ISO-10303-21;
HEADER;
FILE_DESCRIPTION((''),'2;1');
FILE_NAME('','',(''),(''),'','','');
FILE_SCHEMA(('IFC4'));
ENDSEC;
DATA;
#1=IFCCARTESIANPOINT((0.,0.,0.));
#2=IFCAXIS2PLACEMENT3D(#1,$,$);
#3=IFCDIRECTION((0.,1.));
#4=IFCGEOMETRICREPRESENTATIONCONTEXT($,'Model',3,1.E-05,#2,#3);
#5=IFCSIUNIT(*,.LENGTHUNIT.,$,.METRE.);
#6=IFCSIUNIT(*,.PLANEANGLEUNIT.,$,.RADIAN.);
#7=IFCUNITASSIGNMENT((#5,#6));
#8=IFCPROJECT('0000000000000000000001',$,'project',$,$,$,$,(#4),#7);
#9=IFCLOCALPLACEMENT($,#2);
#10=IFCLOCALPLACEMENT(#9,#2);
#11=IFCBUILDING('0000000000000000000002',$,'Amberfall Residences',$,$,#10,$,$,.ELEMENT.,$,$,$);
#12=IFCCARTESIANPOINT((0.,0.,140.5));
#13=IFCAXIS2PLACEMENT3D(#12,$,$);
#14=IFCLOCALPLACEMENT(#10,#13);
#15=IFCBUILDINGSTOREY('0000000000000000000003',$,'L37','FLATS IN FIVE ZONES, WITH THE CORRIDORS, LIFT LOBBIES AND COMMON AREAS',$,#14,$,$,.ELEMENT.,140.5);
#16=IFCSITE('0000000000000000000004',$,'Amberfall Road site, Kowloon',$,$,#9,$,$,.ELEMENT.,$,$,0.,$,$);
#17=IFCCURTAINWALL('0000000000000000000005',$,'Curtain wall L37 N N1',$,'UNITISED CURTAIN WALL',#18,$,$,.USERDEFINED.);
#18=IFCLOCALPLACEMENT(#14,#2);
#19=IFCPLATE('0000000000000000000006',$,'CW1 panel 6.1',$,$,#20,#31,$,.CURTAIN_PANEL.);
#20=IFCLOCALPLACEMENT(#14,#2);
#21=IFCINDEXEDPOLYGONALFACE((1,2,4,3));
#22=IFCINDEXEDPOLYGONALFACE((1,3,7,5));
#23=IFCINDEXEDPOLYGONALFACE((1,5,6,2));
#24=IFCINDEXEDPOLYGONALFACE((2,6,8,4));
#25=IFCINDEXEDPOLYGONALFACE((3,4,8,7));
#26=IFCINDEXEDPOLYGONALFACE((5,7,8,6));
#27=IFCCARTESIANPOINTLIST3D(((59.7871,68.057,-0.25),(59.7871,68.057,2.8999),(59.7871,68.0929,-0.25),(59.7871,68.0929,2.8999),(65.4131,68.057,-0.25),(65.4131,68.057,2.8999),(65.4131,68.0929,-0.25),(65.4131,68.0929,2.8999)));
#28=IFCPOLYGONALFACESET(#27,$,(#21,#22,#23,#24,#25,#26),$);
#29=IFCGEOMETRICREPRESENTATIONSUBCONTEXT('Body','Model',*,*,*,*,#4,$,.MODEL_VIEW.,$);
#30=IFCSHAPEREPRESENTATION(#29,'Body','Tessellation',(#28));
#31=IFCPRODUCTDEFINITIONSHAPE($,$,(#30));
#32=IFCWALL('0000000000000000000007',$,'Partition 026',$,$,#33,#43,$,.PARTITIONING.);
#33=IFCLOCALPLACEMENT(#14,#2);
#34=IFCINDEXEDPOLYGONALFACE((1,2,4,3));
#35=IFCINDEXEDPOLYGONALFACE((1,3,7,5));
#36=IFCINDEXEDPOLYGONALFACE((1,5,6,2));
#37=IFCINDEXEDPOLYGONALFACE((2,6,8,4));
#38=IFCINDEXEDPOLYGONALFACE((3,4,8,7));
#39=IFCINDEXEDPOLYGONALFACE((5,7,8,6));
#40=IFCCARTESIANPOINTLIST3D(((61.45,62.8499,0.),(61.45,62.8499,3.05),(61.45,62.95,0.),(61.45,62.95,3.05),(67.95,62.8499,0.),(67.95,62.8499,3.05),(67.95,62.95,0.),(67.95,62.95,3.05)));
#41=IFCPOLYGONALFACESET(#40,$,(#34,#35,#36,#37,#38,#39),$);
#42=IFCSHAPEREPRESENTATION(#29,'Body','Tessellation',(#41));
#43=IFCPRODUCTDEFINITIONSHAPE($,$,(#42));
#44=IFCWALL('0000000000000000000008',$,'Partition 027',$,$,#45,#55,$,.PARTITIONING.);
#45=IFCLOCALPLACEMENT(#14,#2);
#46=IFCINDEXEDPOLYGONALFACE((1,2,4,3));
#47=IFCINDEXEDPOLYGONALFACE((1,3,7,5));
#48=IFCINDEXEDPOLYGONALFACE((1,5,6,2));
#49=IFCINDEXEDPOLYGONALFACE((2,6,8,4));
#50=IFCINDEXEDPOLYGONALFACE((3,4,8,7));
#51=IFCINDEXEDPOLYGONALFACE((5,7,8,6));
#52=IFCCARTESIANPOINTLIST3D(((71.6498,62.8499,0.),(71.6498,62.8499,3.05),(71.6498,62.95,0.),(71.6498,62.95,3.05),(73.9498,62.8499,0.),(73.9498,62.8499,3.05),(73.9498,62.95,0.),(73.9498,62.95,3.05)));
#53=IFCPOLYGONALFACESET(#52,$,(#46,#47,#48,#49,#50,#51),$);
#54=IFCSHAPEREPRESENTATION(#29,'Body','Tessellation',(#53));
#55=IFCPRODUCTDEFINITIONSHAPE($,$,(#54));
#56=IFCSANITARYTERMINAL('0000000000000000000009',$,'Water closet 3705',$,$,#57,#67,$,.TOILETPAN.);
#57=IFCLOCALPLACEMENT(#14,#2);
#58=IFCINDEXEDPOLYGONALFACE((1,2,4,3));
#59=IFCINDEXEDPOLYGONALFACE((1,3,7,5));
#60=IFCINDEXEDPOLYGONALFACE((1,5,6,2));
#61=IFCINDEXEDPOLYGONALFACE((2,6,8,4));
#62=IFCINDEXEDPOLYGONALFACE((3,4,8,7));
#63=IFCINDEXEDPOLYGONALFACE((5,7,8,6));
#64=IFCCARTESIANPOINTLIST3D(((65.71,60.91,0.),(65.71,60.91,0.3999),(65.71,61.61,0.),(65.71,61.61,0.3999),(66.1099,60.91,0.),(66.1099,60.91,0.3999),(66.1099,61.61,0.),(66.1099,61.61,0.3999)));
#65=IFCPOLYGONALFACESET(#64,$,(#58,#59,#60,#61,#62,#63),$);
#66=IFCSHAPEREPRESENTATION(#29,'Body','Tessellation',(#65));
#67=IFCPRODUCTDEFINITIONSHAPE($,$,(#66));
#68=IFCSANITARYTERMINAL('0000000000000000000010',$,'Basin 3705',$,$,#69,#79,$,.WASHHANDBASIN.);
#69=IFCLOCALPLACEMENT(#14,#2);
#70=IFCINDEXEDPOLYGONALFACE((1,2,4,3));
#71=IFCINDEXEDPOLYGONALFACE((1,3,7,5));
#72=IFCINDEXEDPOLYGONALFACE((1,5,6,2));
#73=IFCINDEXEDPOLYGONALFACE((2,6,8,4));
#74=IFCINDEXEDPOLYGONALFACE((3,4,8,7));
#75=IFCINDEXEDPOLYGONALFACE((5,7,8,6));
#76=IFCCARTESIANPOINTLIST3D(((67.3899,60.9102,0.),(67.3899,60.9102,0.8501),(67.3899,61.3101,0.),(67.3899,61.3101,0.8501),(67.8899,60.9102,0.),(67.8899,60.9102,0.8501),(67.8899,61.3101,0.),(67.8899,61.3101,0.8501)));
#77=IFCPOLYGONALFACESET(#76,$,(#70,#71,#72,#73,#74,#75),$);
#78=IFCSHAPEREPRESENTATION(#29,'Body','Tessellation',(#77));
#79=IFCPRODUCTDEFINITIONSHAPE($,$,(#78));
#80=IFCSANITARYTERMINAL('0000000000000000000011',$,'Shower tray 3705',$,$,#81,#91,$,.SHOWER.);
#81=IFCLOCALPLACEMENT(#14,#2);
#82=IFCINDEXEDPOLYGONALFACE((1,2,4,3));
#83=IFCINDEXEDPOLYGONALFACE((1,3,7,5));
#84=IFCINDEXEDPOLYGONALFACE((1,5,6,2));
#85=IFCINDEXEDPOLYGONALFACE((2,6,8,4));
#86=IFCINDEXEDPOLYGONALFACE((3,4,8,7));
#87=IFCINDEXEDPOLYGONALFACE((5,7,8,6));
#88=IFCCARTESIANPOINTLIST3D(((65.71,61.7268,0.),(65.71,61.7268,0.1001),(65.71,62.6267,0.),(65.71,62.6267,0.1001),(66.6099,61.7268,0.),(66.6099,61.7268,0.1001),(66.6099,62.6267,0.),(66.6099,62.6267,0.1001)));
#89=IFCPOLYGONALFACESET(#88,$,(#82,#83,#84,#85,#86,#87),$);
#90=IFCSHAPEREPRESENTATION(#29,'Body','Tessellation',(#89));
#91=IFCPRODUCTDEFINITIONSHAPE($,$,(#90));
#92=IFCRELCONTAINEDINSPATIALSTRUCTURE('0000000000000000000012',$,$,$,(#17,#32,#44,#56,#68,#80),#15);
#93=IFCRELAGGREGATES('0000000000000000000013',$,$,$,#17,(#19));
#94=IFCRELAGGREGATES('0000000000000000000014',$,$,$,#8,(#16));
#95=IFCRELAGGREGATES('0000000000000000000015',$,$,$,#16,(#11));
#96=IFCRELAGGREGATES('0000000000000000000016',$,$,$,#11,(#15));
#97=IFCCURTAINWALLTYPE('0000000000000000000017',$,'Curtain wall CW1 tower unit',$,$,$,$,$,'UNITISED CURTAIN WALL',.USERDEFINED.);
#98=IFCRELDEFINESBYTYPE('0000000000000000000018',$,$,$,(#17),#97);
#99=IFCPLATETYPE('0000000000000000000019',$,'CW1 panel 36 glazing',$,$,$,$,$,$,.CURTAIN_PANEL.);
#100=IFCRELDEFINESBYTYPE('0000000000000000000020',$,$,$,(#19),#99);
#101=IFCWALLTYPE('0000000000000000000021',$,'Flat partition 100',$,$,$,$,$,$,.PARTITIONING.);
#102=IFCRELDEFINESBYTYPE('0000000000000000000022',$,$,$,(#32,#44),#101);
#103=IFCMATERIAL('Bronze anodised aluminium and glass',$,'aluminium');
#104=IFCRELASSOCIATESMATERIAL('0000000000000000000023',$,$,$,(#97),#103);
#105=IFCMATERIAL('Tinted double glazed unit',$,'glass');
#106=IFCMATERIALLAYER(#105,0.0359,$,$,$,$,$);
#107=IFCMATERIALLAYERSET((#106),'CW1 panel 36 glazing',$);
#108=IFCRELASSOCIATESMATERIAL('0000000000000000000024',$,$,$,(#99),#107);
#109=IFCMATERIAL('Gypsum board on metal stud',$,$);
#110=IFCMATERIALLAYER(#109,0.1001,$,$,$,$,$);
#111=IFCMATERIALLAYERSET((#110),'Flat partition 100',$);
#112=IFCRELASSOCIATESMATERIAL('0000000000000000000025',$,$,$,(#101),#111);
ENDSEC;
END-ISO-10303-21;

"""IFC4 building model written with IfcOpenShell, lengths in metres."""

from ifc_helpers import new_model, si_unit, direction, frame, frame_2d, origin, origin_2d, place, context, subcontext, project, spatial, rectangle, extrude, material, layer, layer_set, type_object, element, aggregate, save


model = new_model("IFC4")

# Units and contexts
model_context = context("Model", 3, precision=1e-05, world=origin(), true_north=direction((0.0, 1.0)))
body_context = subcontext(model_context, "Body", "Model", "MODEL_VIEW")
ifc_project = project(units=[si_unit("LENGTHUNIT", "METRE"), si_unit("PLANEANGLEUNIT", "RADIAN")], contexts=[model_context])

# Site, building, storey
site_placement = place(None, origin())
site = spatial("IfcSite", under=ifc_project, at=site_placement, Name="Amberfall Road site, Kowloon", CompositionType="ELEMENT", RefElevation=0.0)
building_placement = place(site_placement, origin())
building = spatial("IfcBuilding", under=site, at=building_placement, Name="Amberfall Residences", CompositionType="ELEMENT")
storey_placement = place(building_placement, frame((0.0, 0.0, 140.5)))
storey = spatial("IfcBuildingStorey", under=building, at=storey_placement, Name="L37", Description="FLATS IN FIVE ZONES, WITH THE CORRIDORS, LIFT LOBBIES AND COMMON AREAS", CompositionType="ELEMENT", Elevation=140.5)

# Curtain wall
ifc_material_1 = material(Name="Bronze anodised aluminium and glass", Category="aluminium")
curtain_wall_type = type_object("IfcCurtainWallType", Name="Curtain wall CW1 tower unit", ElementType="UNITISED CURTAIN WALL", PredefinedType="USERDEFINED", material=ifc_material_1)
curtain_wall_placement = place(storey_placement, origin())
curtain_wall = element("IfcCurtainWall", 1, at=curtain_wall_placement, inside=storey, type_object=curtain_wall_type, Name="Curtain wall L37 N N1", ObjectType="UNITISED CURTAIN WALL", PredefinedType="USERDEFINED")

# Plate
ifc_material_2 = material(Name="Tinted double glazed unit", Category="glass")
ifc_layer_1 = layer(ifc_material_2, 0.0359)
ifc_layer_set_1 = layer_set([ifc_layer_1], Name="CW1 panel 36 glazing")
plate_type = type_object("IfcPlateType", Name="CW1 panel 36 glazing", PredefinedType="CURTAIN_PANEL", material=ifc_layer_set_1)
plate_1_placement = place(storey_placement, frame((62.6001, 68.075, -0.25), z_axis=(0.0, 0.0, 1.0), x_axis=(-1.0, 0.0, 0.0)))
plate_1 = element("IfcPlate", 2, at=plate_1_placement, type_object=plate_type, Name="CW1 panel 6.1", PredefinedType="CURTAIN_PANEL", context=body_context, shape_type="SweptSolid", body=[
    extrude(rectangle(XDim=5.626, YDim=0.0359, at=origin_2d()), origin(), (0.0, 0.0, 1.0), 3.1499),
])
aggregate(curtain_wall, [plate_1])

# Walls
ifc_material_3 = material(Name="Gypsum board on metal stud")
ifc_layer_2 = layer(ifc_material_3, 0.1001)
ifc_layer_set_2 = layer_set([ifc_layer_2], Name="Flat partition 100")
wall_type = type_object("IfcWallType", Name="Flat partition 100", PredefinedType="PARTITIONING", material=ifc_layer_set_2)
wall_1_placement = place(storey_placement, frame((61.45, 62.8999, 0.0), z_axis=(0.0, 0.0, 1.0), x_axis=(1.0, 0.0, 0.0)))
element("IfcWall", 3, at=wall_1_placement, inside=storey, type_object=wall_type, Name="Partition 026", PredefinedType="PARTITIONING", context=body_context, shape_type="SweptSolid", body=[
    extrude(rectangle(XDim=6.5, YDim=0.1001, at=frame_2d((3.25, 0.0))), origin(), (0.0, 0.0, 1.0), 3.05),
])
wall_2_placement = place(storey_placement, frame((71.6499, 62.8999, 0.0), z_axis=(0.0, 0.0, 1.0), x_axis=(1.0, 0.0, 0.0)))
element("IfcWall", 4, at=wall_2_placement, inside=storey, type_object=wall_type, Name="Partition 027", PredefinedType="PARTITIONING", context=body_context, shape_type="SweptSolid", body=[
    extrude(rectangle(XDim=2.3, YDim=0.1001, at=frame_2d((1.1499, 0.0))), origin(), (0.0, 0.0, 1.0), 3.05),
])

# Sanitary terminals
sanitary_terminal_1_placement = place(storey_placement, frame((65.9099, 61.26, 0.0), z_axis=(0.0, 0.0, 1.0), x_axis=(1.0, 0.0, 0.0)))
element("IfcSanitaryTerminal", 5, at=sanitary_terminal_1_placement, inside=storey, Name="Water closet 3705", PredefinedType="TOILETPAN", context=body_context, shape_type="SweptSolid", body=[
    extrude(rectangle(XDim=0.3999, YDim=0.7, at=origin_2d()), origin(), (0.0, 0.0, 1.0), 0.3999),
])
sanitary_terminal_2_placement = place(storey_placement, frame((67.6399, 61.1101, 0.0), z_axis=(0.0, 0.0, 1.0), x_axis=(1.0, 0.0, 0.0)))
element("IfcSanitaryTerminal", 6, at=sanitary_terminal_2_placement, inside=storey, Name="Basin 3705", PredefinedType="WASHHANDBASIN", context=body_context, shape_type="SweptSolid", body=[
    extrude(rectangle(XDim=0.5, YDim=0.3999, at=origin_2d()), origin(), (0.0, 0.0, 1.0), 0.8501),
])
sanitary_terminal_3_placement = place(storey_placement, frame((66.1599, 62.1768, 0.0), z_axis=(0.0, 0.0, 1.0), x_axis=(1.0, 0.0, 0.0)))
element("IfcSanitaryTerminal", 7, at=sanitary_terminal_3_placement, inside=storey, Name="Shower tray 3705", PredefinedType="SHOWER", context=body_context, shape_type="SweptSolid", body=[
    extrude(rectangle(XDim=0.8999, YDim=0.8999, at=origin_2d()), origin(), (0.0, 0.0, 1.0), 0.1001),
])

save(model, "model.ifc")
